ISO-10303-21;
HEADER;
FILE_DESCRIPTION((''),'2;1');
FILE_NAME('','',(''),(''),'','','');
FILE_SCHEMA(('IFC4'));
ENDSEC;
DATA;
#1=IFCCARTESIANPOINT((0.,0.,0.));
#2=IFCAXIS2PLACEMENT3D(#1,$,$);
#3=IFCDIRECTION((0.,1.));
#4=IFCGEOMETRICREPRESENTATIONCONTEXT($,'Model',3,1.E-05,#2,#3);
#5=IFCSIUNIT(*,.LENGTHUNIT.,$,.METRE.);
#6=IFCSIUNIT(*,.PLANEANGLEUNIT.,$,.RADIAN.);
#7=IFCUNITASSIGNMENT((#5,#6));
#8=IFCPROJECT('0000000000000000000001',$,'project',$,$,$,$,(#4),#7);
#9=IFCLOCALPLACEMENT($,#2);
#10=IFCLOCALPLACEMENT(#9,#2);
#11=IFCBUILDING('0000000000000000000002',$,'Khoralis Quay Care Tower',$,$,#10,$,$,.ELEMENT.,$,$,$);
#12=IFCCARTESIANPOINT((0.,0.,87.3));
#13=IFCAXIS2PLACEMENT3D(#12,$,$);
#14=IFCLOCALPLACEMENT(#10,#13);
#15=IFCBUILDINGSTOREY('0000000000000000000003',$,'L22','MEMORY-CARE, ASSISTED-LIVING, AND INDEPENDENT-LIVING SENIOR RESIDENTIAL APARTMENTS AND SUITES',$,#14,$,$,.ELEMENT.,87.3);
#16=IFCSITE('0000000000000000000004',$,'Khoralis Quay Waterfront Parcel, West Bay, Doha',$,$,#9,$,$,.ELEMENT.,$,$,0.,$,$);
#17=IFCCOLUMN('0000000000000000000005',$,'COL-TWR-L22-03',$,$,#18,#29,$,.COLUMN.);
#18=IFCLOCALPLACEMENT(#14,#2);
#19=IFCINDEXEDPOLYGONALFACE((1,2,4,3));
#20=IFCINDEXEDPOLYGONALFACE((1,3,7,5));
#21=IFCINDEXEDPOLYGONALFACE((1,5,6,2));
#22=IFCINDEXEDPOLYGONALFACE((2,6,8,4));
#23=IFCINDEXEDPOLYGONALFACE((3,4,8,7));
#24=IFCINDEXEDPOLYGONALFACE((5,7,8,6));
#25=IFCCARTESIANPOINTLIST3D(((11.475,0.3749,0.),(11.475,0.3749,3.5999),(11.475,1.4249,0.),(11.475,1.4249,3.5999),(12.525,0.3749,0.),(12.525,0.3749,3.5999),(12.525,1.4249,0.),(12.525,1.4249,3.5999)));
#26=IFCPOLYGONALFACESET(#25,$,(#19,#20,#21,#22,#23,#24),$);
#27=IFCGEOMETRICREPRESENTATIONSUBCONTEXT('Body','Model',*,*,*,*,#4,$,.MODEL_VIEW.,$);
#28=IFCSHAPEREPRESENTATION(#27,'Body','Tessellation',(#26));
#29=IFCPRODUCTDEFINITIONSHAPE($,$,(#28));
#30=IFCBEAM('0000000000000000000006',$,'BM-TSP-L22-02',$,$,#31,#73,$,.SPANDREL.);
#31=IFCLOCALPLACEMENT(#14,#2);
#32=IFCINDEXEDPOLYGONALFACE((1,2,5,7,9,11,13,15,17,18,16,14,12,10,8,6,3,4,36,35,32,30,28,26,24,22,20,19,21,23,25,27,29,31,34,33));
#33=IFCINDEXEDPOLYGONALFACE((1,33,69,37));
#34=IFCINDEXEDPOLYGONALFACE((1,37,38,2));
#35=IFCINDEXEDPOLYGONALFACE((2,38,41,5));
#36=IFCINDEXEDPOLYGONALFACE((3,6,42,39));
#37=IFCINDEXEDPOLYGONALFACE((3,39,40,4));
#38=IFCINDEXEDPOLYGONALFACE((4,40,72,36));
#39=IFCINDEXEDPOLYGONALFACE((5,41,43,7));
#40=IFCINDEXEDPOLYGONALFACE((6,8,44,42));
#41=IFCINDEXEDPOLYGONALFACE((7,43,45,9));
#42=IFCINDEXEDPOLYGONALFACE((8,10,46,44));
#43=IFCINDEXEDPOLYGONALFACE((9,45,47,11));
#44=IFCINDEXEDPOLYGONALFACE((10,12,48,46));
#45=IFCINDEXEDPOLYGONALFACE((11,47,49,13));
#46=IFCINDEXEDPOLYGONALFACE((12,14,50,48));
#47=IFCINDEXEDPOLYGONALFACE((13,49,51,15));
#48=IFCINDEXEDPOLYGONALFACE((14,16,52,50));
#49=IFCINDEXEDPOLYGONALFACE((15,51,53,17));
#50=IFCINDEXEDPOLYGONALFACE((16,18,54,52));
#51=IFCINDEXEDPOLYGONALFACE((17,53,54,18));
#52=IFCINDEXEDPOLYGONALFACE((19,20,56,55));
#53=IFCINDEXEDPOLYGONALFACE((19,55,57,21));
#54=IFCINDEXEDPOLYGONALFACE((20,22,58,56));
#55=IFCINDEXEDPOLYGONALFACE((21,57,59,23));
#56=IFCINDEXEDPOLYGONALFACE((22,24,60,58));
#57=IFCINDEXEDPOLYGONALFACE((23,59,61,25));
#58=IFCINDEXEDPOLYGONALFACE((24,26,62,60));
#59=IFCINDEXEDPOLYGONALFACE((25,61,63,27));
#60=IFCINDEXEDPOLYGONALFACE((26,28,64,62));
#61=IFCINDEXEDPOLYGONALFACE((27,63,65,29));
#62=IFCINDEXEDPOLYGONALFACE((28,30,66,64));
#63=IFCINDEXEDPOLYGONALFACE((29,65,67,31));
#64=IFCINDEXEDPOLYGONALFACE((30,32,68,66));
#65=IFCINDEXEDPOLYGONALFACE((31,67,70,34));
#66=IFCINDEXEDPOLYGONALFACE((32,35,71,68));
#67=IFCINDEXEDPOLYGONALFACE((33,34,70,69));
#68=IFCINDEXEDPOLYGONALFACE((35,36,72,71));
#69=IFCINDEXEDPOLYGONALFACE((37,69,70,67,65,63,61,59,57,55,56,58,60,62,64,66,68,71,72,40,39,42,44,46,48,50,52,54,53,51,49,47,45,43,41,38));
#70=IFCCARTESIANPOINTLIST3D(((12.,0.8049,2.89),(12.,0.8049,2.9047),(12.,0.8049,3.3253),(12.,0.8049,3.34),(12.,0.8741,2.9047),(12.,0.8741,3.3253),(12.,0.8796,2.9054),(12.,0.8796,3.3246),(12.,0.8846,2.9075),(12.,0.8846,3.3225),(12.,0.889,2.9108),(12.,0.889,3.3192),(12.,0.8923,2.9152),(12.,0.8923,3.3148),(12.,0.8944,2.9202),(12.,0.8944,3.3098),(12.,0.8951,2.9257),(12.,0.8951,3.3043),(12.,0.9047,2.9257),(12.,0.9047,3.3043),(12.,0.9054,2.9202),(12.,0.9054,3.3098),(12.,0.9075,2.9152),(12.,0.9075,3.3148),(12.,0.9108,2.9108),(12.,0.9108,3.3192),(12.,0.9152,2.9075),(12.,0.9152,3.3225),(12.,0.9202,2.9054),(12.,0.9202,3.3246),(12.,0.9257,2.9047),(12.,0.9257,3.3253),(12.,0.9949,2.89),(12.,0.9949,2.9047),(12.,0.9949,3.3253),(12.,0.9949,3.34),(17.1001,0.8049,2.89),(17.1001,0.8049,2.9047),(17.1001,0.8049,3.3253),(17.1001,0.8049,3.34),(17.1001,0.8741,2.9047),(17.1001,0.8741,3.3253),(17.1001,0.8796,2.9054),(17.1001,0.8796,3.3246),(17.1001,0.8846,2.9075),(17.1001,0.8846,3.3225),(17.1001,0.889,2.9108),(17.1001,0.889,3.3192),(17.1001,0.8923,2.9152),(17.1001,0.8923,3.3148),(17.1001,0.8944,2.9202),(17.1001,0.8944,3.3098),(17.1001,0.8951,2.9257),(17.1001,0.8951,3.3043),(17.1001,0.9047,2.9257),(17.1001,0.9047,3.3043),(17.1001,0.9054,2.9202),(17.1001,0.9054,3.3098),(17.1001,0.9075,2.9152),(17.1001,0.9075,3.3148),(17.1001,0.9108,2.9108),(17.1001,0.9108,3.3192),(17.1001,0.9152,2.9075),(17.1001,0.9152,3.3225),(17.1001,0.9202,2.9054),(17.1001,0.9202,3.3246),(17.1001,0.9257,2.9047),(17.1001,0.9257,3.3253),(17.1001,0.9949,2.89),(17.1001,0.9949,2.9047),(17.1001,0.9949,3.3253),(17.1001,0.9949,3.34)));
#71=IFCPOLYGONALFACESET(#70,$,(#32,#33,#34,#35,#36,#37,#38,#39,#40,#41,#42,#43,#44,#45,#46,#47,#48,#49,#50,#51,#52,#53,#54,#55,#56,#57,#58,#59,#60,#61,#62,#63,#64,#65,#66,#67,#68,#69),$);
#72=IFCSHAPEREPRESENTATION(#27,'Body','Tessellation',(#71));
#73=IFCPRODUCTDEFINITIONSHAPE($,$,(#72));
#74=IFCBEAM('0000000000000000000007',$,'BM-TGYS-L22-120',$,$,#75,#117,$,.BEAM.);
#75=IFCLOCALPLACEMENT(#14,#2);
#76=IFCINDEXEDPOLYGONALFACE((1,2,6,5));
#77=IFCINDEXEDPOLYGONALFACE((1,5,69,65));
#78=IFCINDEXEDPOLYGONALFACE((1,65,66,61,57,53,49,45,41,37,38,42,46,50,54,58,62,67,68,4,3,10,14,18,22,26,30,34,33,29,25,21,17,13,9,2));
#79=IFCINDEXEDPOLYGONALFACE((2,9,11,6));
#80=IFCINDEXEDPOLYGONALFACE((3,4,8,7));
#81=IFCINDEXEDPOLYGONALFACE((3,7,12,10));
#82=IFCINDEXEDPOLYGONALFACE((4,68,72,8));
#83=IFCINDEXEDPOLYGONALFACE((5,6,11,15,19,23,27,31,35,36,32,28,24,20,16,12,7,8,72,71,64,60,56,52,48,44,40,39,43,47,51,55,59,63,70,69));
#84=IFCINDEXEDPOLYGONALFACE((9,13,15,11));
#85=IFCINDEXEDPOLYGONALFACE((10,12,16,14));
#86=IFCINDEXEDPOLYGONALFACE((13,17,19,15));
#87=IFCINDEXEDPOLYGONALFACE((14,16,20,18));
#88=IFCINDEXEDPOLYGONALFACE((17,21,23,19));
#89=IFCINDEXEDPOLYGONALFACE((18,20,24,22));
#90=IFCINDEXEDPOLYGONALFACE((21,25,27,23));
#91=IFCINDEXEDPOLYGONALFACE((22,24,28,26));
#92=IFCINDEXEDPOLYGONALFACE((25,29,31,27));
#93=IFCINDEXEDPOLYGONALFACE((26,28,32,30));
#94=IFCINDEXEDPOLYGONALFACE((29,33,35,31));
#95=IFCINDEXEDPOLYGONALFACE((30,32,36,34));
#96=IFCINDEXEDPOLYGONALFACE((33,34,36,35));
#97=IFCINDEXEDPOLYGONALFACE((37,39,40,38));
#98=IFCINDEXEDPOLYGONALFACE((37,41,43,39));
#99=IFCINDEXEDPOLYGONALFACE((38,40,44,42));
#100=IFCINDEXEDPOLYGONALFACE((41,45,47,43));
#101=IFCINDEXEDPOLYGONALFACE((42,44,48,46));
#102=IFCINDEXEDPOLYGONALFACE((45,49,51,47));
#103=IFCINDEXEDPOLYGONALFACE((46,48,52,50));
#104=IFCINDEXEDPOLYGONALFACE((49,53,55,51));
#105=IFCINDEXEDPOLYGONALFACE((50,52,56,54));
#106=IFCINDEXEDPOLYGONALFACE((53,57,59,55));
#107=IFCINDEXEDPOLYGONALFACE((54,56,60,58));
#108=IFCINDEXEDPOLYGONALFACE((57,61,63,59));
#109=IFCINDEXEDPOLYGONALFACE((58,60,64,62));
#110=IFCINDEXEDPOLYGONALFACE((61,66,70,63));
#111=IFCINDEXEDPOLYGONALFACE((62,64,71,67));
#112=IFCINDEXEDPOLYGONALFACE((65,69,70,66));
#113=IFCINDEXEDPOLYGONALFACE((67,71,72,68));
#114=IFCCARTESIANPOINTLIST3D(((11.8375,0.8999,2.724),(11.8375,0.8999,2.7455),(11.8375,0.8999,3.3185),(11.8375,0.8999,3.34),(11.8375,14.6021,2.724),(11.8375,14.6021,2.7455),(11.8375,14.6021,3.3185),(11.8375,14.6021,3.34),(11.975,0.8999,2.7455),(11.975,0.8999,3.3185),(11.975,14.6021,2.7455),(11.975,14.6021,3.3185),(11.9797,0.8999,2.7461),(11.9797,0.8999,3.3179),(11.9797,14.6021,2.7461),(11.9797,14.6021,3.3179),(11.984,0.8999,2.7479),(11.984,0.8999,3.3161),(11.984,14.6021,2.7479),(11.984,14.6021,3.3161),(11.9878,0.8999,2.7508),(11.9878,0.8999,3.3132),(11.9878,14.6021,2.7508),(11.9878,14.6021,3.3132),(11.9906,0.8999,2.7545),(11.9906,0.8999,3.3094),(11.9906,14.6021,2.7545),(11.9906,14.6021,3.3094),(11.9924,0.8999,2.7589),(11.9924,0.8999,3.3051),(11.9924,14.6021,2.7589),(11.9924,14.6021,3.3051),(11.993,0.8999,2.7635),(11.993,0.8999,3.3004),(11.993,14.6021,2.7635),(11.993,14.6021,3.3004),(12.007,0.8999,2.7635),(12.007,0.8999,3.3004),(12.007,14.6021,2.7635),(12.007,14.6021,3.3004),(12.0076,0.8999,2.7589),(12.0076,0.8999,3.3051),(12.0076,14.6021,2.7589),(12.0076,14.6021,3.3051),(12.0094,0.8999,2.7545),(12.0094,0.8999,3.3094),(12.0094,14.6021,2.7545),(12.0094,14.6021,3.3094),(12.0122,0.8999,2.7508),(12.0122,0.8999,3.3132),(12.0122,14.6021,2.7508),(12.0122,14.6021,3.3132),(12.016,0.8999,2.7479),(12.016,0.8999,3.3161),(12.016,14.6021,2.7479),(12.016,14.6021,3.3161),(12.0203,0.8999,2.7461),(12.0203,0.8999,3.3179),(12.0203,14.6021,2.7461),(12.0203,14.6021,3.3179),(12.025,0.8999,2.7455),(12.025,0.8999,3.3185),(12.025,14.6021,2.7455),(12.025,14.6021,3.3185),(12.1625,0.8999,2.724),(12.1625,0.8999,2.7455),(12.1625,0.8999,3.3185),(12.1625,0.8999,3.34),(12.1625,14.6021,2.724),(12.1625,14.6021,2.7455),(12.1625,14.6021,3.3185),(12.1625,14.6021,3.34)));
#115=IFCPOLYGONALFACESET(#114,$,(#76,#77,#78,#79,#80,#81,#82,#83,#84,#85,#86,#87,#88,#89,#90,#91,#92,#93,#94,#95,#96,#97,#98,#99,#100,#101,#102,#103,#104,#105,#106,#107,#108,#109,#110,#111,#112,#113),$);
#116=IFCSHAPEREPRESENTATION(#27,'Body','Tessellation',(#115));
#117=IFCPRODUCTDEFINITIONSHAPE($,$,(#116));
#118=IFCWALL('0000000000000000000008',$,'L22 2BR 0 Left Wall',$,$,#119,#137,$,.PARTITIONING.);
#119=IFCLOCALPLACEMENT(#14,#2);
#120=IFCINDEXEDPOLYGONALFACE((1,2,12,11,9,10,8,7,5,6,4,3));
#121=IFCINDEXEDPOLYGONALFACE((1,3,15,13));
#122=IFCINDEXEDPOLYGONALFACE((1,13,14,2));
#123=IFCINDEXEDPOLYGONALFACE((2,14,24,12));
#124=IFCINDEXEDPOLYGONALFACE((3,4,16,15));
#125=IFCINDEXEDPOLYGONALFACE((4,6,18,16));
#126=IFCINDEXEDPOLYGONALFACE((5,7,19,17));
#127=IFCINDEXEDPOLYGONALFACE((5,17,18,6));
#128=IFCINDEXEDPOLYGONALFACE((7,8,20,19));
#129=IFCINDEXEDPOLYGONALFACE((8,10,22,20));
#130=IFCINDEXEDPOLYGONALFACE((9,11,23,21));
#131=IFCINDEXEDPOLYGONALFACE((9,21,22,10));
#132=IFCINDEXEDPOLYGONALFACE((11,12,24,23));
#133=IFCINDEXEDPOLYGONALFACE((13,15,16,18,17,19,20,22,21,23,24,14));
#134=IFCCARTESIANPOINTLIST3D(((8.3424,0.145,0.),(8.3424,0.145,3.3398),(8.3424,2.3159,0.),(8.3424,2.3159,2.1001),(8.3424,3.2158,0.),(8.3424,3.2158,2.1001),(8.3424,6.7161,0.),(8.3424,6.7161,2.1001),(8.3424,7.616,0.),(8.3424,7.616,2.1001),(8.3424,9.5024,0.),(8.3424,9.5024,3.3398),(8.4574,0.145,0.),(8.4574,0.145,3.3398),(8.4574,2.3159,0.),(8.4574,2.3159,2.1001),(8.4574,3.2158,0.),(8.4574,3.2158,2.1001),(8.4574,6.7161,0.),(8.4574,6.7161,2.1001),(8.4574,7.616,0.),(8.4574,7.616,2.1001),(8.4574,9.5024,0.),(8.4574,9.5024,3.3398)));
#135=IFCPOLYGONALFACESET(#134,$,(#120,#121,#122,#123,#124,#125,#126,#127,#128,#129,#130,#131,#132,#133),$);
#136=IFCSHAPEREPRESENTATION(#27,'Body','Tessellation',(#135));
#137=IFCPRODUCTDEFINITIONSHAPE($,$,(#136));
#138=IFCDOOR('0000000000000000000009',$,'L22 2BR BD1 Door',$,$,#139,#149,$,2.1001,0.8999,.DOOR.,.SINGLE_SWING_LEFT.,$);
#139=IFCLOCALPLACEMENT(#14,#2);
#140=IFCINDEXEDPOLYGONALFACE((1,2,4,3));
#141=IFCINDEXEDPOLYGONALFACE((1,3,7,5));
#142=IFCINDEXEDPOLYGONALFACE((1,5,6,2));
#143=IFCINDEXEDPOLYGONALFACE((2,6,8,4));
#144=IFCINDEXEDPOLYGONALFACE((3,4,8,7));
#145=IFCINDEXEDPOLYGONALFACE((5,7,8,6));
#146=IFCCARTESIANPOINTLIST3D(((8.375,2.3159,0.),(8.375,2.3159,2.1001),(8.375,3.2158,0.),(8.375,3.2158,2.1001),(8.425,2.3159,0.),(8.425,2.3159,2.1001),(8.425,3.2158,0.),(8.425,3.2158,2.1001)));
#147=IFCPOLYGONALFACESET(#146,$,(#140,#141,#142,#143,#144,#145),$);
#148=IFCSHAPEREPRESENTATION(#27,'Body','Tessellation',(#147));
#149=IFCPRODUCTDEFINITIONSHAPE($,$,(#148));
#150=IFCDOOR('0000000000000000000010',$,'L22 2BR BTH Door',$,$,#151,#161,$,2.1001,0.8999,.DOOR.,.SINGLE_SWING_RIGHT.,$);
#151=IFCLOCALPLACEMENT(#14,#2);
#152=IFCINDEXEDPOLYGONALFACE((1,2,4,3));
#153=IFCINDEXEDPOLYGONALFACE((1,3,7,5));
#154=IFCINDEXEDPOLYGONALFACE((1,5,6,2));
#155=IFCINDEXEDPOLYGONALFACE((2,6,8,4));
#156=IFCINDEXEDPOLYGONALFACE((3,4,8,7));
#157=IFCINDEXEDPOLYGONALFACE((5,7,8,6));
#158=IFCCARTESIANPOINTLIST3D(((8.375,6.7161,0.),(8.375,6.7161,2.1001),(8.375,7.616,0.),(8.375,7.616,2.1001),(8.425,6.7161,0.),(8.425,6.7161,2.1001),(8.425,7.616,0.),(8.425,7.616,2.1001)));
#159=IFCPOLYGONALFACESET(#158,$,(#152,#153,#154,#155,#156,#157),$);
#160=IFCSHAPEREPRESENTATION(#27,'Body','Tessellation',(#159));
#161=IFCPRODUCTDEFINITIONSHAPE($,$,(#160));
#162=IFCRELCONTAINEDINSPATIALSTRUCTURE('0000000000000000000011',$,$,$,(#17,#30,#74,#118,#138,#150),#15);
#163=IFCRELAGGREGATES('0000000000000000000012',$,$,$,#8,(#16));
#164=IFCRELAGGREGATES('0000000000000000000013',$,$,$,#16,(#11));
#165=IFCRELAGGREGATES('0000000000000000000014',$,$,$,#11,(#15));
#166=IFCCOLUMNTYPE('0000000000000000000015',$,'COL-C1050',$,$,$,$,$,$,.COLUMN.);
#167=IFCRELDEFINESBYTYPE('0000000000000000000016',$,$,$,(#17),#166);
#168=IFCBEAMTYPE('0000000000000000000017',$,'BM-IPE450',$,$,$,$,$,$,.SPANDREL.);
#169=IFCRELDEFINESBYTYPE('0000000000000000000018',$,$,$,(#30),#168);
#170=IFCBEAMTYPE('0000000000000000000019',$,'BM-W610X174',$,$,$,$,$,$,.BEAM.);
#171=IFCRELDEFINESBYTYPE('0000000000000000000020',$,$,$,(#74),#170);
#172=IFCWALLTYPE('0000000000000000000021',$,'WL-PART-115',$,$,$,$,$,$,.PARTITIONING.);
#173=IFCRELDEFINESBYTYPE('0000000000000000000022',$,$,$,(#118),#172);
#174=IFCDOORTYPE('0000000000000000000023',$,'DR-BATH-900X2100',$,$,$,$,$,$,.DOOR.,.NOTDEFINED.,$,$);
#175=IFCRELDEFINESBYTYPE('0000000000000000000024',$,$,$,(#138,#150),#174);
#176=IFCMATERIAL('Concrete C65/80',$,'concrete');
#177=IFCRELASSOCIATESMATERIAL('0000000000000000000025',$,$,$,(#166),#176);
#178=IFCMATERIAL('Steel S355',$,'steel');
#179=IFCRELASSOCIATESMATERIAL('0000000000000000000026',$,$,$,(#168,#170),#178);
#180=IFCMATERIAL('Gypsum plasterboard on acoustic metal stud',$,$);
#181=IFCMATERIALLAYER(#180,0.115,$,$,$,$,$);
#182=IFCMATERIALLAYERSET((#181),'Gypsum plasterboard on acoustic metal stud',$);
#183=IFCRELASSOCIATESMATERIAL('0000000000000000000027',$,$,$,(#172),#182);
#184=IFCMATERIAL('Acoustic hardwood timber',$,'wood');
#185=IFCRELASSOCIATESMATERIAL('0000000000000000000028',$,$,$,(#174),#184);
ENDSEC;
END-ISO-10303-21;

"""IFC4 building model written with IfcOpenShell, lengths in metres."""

from ifc_helpers import new_model, si_unit, direction, frame, frame_2d, origin, origin_2d, place, context, subcontext, project, spatial, rectangle, i_section, extrude, source, transform, mapped, material, layer, layer_set, material_profile, profile_set, type_object, element, fill, save


model = new_model("IFC4")

# Units and contexts
model_context = context("Model", 3, precision=1e-05, world=origin(), true_north=direction((0.0, 1.0)))
body_context = subcontext(model_context, "Body", "Model", "MODEL_VIEW")
ifc_project = project(units=[si_unit("LENGTHUNIT", "METRE"), si_unit("PLANEANGLEUNIT", "RADIAN")], contexts=[model_context])

# Site, building, storey
site_placement = place(None, origin())
site = spatial("IfcSite", under=ifc_project, at=site_placement, Name="Khoralis Quay Waterfront Parcel, West Bay, Doha", CompositionType="ELEMENT", RefElevation=0.0)
building_placement = place(site_placement, origin())
building = spatial("IfcBuilding", under=site, at=building_placement, Name="Khoralis Quay Care Tower", CompositionType="ELEMENT")
storey_placement = place(building_placement, frame((0.0, 0.0, 87.3)))
storey = spatial("IfcBuildingStorey", under=building, at=storey_placement, Name="L22", Description="MEMORY-CARE, ASSISTED-LIVING, AND INDEPENDENT-LIVING SENIOR RESIDENTIAL APARTMENTS AND SUITES", CompositionType="ELEMENT", Elevation=87.3)

# Column
ifc_material_1 = material(Name="Concrete C65/80", Category="concrete")
ifc_material_profile_1 = material_profile(ifc_material_1, rectangle(XDim=1.05, YDim=1.05, at=origin_2d()), Name="Concrete C65/80")
ifc_profile_set_1 = profile_set([ifc_material_profile_1], Name="Concrete C65/80")
column_type = type_object("IfcColumnType", Name="COL-C1050", PredefinedType="COLUMN", material=ifc_profile_set_1)
shared_shape_1 = source(origin(), body_context, "Body", "SweptSolid", [
    extrude(rectangle(XDim=1.05, YDim=1.05, at=origin_2d()), origin(), (0.0, 0.0, 1.0), 3.5999),
])
column_placement = place(storey_placement, frame((12.0, 0.8999, 0.0), z_axis=(0.0, 0.0, 1.0), x_axis=(1.0, 0.0, 0.0)))
element("IfcColumn", 1, at=column_placement, inside=storey, type_object=column_type, Name="COL-TWR-L22-03", PredefinedType="COLUMN", context=body_context, shape_type="MappedRepresentation", body=[
    mapped(shared_shape_1, transform((0.0, 0.0, 0.0), scale=1.0)),
])

# Beams
ifc_material_2 = material(Name="Steel S355", Category="steel")
ifc_material_profile_2 = material_profile(ifc_material_2, i_section(OverallWidth=0.1899, OverallDepth=0.45, WebThickness=0.0095, FlangeThickness=0.0146, FilletRadius=0.021, at=origin_2d()), Name="Steel S355")
ifc_profile_set_2 = profile_set([ifc_material_profile_2], Name="Steel S355")
beam_type_1 = type_object("IfcBeamType", Name="BM-IPE450", PredefinedType="SPANDREL", material=ifc_profile_set_2)
shared_shape_2 = source(origin(), body_context, "Body", "SweptSolid", [
    extrude(i_section(OverallWidth=0.1899, OverallDepth=0.45, WebThickness=0.0095, FlangeThickness=0.0146, FilletRadius=0.021, at=origin_2d()), origin(), (0.0, 0.0, 1.0), 5.1001),
])
beam_1_placement = place(storey_placement, frame((12.0, 0.8999, 3.115), z_axis=(1.0, 0.0, 0.0), x_axis=(0.0, 1.0, 0.0)))
element("IfcBeam", 2, at=beam_1_placement, inside=storey, type_object=beam_type_1, Name="BM-TSP-L22-02", PredefinedType="SPANDREL", context=body_context, shape_type="MappedRepresentation", body=[
    mapped(shared_shape_2, transform((0.0, 0.0, 0.0), scale=1.0)),
])
ifc_material_profile_3 = material_profile(ifc_material_2, i_section(OverallWidth=0.325, OverallDepth=0.616, WebThickness=0.0139, FlangeThickness=0.0215, FilletRadius=0.0181, at=origin_2d()), Name="Steel S355")
ifc_profile_set_3 = profile_set([ifc_material_profile_3], Name="Steel S355")
beam_type_2 = type_object("IfcBeamType", Name="BM-W610X174", PredefinedType="BEAM", material=ifc_profile_set_3)
shared_shape_3 = source(origin(), body_context, "Body", "SweptSolid", [
    extrude(i_section(OverallWidth=0.325, OverallDepth=0.616, WebThickness=0.0139, FlangeThickness=0.0215, FilletRadius=0.0181, at=origin_2d()), origin(), (0.0, 0.0, 1.0), 13.7021),
])
beam_2_placement = place(storey_placement, frame((12.0, 0.8999, 3.032), z_axis=(0.0, 1.0, 0.0), x_axis=(-1.0, 0.0, 0.0)))
element("IfcBeam", 3, at=beam_2_placement, inside=storey, type_object=beam_type_2, Name="BM-TGYS-L22-120", PredefinedType="BEAM", context=body_context, shape_type="MappedRepresentation", body=[
    mapped(shared_shape_3, transform((0.0, 0.0, 0.0), scale=1.0)),
])

# Wall, openings, doors
ifc_material_3 = material(Name="Gypsum plasterboard on acoustic metal stud")
ifc_layer_1 = layer(ifc_material_3, 0.115)
ifc_layer_set_1 = layer_set([ifc_layer_1], Name="Gypsum plasterboard on acoustic metal stud")
wall_type_1 = type_object("IfcWallType", Name="WL-PART-115", PredefinedType="PARTITIONING", material=ifc_layer_set_1)
wall_1_placement = place(storey_placement, frame((8.3999, 0.145, 0.0), z_axis=(0.0, 0.0, 1.0), x_axis=(0.0, 1.0, 0.0)))
wall_1 = element("IfcWall", 4, at=wall_1_placement, inside=storey, type_object=wall_type_1, Name="L22 2BR 0 Left Wall", PredefinedType="PARTITIONING", context=body_context, shape_type="SweptSolid", body=[
    extrude(rectangle(XDim=9.3574, YDim=0.115, at=frame_2d((4.6787, 0.0))), origin(), (0.0, 0.0, 1.0), 3.3398),
])
opening_1_placement = place(wall_1_placement, frame((2.1709, 0.0, 0.0)))
opening_1 = element("IfcOpeningElement", 5, at=opening_1_placement, cuts=wall_1, PredefinedType="OPENING", context=body_context, shape_type="SweptSolid", body=[
    extrude(rectangle(XDim=0.8999, YDim=2.1001, at=frame_2d((0.45, 1.05))), frame((0.0, 0.0674, 0.0), z_axis=(0.0, -1.0, 0.0), x_axis=(1.0, 0.0, 0.0)), (0.0, 0.0, 1.0), 0.135),
])
opening_2_placement = place(wall_1_placement, frame((6.571, 0.0, 0.0)))
opening_2 = element("IfcOpeningElement", 6, at=opening_2_placement, cuts=wall_1, PredefinedType="OPENING", context=body_context, shape_type="SweptSolid", body=[
    extrude(rectangle(XDim=0.8999, YDim=2.1001, at=frame_2d((0.45, 1.05))), frame((0.0, 0.0674, 0.0), z_axis=(0.0, -1.0, 0.0), x_axis=(1.0, 0.0, 0.0)), (0.0, 0.0, 1.0), 0.135),
])
ifc_material_4 = material(Name="Acoustic hardwood timber", Category="wood")
door_type = type_object("IfcDoorType", Name="DR-BATH-900X2100", OperationType="NOTDEFINED", PredefinedType="DOOR", material=ifc_material_4)
shared_shape_4 = source(origin(), body_context, "Body", "SweptSolid", [
    extrude(rectangle(XDim=0.8999, YDim=2.1001, at=frame_2d((0.45, 1.05))), frame((0.0, 0.0249, 0.0), z_axis=(0.0, -1.0, 0.0), x_axis=(1.0, 0.0, 0.0)), (0.0, 0.0, 1.0), 0.05),
])
door_1_placement = place(opening_1_placement, origin())
door_1 = element("IfcDoor", 7, at=door_1_placement, inside=storey, type_object=door_type, Name="L22 2BR BD1 Door", OperationType="SINGLE_SWING_LEFT", OverallHeight=2.1001, OverallWidth=0.8999, PredefinedType="DOOR", context=body_context, shape_type="MappedRepresentation", body=[
    mapped(shared_shape_4, transform((0.0, 0.0, 0.0), scale=1.0)),
])
fill(opening_1, door_1)
door_2_placement = place(opening_2_placement, origin())
door_2 = element("IfcDoor", 8, at=door_2_placement, inside=storey, type_object=door_type, Name="L22 2BR BTH Door", OperationType="SINGLE_SWING_RIGHT", OverallHeight=2.1001, OverallWidth=0.8999, PredefinedType="DOOR", context=body_context, shape_type="MappedRepresentation", body=[
    mapped(shared_shape_4, transform((0.0, 0.0, 0.0), scale=1.0)),
])
fill(opening_2, door_2)

save(model, "model.ifc")
